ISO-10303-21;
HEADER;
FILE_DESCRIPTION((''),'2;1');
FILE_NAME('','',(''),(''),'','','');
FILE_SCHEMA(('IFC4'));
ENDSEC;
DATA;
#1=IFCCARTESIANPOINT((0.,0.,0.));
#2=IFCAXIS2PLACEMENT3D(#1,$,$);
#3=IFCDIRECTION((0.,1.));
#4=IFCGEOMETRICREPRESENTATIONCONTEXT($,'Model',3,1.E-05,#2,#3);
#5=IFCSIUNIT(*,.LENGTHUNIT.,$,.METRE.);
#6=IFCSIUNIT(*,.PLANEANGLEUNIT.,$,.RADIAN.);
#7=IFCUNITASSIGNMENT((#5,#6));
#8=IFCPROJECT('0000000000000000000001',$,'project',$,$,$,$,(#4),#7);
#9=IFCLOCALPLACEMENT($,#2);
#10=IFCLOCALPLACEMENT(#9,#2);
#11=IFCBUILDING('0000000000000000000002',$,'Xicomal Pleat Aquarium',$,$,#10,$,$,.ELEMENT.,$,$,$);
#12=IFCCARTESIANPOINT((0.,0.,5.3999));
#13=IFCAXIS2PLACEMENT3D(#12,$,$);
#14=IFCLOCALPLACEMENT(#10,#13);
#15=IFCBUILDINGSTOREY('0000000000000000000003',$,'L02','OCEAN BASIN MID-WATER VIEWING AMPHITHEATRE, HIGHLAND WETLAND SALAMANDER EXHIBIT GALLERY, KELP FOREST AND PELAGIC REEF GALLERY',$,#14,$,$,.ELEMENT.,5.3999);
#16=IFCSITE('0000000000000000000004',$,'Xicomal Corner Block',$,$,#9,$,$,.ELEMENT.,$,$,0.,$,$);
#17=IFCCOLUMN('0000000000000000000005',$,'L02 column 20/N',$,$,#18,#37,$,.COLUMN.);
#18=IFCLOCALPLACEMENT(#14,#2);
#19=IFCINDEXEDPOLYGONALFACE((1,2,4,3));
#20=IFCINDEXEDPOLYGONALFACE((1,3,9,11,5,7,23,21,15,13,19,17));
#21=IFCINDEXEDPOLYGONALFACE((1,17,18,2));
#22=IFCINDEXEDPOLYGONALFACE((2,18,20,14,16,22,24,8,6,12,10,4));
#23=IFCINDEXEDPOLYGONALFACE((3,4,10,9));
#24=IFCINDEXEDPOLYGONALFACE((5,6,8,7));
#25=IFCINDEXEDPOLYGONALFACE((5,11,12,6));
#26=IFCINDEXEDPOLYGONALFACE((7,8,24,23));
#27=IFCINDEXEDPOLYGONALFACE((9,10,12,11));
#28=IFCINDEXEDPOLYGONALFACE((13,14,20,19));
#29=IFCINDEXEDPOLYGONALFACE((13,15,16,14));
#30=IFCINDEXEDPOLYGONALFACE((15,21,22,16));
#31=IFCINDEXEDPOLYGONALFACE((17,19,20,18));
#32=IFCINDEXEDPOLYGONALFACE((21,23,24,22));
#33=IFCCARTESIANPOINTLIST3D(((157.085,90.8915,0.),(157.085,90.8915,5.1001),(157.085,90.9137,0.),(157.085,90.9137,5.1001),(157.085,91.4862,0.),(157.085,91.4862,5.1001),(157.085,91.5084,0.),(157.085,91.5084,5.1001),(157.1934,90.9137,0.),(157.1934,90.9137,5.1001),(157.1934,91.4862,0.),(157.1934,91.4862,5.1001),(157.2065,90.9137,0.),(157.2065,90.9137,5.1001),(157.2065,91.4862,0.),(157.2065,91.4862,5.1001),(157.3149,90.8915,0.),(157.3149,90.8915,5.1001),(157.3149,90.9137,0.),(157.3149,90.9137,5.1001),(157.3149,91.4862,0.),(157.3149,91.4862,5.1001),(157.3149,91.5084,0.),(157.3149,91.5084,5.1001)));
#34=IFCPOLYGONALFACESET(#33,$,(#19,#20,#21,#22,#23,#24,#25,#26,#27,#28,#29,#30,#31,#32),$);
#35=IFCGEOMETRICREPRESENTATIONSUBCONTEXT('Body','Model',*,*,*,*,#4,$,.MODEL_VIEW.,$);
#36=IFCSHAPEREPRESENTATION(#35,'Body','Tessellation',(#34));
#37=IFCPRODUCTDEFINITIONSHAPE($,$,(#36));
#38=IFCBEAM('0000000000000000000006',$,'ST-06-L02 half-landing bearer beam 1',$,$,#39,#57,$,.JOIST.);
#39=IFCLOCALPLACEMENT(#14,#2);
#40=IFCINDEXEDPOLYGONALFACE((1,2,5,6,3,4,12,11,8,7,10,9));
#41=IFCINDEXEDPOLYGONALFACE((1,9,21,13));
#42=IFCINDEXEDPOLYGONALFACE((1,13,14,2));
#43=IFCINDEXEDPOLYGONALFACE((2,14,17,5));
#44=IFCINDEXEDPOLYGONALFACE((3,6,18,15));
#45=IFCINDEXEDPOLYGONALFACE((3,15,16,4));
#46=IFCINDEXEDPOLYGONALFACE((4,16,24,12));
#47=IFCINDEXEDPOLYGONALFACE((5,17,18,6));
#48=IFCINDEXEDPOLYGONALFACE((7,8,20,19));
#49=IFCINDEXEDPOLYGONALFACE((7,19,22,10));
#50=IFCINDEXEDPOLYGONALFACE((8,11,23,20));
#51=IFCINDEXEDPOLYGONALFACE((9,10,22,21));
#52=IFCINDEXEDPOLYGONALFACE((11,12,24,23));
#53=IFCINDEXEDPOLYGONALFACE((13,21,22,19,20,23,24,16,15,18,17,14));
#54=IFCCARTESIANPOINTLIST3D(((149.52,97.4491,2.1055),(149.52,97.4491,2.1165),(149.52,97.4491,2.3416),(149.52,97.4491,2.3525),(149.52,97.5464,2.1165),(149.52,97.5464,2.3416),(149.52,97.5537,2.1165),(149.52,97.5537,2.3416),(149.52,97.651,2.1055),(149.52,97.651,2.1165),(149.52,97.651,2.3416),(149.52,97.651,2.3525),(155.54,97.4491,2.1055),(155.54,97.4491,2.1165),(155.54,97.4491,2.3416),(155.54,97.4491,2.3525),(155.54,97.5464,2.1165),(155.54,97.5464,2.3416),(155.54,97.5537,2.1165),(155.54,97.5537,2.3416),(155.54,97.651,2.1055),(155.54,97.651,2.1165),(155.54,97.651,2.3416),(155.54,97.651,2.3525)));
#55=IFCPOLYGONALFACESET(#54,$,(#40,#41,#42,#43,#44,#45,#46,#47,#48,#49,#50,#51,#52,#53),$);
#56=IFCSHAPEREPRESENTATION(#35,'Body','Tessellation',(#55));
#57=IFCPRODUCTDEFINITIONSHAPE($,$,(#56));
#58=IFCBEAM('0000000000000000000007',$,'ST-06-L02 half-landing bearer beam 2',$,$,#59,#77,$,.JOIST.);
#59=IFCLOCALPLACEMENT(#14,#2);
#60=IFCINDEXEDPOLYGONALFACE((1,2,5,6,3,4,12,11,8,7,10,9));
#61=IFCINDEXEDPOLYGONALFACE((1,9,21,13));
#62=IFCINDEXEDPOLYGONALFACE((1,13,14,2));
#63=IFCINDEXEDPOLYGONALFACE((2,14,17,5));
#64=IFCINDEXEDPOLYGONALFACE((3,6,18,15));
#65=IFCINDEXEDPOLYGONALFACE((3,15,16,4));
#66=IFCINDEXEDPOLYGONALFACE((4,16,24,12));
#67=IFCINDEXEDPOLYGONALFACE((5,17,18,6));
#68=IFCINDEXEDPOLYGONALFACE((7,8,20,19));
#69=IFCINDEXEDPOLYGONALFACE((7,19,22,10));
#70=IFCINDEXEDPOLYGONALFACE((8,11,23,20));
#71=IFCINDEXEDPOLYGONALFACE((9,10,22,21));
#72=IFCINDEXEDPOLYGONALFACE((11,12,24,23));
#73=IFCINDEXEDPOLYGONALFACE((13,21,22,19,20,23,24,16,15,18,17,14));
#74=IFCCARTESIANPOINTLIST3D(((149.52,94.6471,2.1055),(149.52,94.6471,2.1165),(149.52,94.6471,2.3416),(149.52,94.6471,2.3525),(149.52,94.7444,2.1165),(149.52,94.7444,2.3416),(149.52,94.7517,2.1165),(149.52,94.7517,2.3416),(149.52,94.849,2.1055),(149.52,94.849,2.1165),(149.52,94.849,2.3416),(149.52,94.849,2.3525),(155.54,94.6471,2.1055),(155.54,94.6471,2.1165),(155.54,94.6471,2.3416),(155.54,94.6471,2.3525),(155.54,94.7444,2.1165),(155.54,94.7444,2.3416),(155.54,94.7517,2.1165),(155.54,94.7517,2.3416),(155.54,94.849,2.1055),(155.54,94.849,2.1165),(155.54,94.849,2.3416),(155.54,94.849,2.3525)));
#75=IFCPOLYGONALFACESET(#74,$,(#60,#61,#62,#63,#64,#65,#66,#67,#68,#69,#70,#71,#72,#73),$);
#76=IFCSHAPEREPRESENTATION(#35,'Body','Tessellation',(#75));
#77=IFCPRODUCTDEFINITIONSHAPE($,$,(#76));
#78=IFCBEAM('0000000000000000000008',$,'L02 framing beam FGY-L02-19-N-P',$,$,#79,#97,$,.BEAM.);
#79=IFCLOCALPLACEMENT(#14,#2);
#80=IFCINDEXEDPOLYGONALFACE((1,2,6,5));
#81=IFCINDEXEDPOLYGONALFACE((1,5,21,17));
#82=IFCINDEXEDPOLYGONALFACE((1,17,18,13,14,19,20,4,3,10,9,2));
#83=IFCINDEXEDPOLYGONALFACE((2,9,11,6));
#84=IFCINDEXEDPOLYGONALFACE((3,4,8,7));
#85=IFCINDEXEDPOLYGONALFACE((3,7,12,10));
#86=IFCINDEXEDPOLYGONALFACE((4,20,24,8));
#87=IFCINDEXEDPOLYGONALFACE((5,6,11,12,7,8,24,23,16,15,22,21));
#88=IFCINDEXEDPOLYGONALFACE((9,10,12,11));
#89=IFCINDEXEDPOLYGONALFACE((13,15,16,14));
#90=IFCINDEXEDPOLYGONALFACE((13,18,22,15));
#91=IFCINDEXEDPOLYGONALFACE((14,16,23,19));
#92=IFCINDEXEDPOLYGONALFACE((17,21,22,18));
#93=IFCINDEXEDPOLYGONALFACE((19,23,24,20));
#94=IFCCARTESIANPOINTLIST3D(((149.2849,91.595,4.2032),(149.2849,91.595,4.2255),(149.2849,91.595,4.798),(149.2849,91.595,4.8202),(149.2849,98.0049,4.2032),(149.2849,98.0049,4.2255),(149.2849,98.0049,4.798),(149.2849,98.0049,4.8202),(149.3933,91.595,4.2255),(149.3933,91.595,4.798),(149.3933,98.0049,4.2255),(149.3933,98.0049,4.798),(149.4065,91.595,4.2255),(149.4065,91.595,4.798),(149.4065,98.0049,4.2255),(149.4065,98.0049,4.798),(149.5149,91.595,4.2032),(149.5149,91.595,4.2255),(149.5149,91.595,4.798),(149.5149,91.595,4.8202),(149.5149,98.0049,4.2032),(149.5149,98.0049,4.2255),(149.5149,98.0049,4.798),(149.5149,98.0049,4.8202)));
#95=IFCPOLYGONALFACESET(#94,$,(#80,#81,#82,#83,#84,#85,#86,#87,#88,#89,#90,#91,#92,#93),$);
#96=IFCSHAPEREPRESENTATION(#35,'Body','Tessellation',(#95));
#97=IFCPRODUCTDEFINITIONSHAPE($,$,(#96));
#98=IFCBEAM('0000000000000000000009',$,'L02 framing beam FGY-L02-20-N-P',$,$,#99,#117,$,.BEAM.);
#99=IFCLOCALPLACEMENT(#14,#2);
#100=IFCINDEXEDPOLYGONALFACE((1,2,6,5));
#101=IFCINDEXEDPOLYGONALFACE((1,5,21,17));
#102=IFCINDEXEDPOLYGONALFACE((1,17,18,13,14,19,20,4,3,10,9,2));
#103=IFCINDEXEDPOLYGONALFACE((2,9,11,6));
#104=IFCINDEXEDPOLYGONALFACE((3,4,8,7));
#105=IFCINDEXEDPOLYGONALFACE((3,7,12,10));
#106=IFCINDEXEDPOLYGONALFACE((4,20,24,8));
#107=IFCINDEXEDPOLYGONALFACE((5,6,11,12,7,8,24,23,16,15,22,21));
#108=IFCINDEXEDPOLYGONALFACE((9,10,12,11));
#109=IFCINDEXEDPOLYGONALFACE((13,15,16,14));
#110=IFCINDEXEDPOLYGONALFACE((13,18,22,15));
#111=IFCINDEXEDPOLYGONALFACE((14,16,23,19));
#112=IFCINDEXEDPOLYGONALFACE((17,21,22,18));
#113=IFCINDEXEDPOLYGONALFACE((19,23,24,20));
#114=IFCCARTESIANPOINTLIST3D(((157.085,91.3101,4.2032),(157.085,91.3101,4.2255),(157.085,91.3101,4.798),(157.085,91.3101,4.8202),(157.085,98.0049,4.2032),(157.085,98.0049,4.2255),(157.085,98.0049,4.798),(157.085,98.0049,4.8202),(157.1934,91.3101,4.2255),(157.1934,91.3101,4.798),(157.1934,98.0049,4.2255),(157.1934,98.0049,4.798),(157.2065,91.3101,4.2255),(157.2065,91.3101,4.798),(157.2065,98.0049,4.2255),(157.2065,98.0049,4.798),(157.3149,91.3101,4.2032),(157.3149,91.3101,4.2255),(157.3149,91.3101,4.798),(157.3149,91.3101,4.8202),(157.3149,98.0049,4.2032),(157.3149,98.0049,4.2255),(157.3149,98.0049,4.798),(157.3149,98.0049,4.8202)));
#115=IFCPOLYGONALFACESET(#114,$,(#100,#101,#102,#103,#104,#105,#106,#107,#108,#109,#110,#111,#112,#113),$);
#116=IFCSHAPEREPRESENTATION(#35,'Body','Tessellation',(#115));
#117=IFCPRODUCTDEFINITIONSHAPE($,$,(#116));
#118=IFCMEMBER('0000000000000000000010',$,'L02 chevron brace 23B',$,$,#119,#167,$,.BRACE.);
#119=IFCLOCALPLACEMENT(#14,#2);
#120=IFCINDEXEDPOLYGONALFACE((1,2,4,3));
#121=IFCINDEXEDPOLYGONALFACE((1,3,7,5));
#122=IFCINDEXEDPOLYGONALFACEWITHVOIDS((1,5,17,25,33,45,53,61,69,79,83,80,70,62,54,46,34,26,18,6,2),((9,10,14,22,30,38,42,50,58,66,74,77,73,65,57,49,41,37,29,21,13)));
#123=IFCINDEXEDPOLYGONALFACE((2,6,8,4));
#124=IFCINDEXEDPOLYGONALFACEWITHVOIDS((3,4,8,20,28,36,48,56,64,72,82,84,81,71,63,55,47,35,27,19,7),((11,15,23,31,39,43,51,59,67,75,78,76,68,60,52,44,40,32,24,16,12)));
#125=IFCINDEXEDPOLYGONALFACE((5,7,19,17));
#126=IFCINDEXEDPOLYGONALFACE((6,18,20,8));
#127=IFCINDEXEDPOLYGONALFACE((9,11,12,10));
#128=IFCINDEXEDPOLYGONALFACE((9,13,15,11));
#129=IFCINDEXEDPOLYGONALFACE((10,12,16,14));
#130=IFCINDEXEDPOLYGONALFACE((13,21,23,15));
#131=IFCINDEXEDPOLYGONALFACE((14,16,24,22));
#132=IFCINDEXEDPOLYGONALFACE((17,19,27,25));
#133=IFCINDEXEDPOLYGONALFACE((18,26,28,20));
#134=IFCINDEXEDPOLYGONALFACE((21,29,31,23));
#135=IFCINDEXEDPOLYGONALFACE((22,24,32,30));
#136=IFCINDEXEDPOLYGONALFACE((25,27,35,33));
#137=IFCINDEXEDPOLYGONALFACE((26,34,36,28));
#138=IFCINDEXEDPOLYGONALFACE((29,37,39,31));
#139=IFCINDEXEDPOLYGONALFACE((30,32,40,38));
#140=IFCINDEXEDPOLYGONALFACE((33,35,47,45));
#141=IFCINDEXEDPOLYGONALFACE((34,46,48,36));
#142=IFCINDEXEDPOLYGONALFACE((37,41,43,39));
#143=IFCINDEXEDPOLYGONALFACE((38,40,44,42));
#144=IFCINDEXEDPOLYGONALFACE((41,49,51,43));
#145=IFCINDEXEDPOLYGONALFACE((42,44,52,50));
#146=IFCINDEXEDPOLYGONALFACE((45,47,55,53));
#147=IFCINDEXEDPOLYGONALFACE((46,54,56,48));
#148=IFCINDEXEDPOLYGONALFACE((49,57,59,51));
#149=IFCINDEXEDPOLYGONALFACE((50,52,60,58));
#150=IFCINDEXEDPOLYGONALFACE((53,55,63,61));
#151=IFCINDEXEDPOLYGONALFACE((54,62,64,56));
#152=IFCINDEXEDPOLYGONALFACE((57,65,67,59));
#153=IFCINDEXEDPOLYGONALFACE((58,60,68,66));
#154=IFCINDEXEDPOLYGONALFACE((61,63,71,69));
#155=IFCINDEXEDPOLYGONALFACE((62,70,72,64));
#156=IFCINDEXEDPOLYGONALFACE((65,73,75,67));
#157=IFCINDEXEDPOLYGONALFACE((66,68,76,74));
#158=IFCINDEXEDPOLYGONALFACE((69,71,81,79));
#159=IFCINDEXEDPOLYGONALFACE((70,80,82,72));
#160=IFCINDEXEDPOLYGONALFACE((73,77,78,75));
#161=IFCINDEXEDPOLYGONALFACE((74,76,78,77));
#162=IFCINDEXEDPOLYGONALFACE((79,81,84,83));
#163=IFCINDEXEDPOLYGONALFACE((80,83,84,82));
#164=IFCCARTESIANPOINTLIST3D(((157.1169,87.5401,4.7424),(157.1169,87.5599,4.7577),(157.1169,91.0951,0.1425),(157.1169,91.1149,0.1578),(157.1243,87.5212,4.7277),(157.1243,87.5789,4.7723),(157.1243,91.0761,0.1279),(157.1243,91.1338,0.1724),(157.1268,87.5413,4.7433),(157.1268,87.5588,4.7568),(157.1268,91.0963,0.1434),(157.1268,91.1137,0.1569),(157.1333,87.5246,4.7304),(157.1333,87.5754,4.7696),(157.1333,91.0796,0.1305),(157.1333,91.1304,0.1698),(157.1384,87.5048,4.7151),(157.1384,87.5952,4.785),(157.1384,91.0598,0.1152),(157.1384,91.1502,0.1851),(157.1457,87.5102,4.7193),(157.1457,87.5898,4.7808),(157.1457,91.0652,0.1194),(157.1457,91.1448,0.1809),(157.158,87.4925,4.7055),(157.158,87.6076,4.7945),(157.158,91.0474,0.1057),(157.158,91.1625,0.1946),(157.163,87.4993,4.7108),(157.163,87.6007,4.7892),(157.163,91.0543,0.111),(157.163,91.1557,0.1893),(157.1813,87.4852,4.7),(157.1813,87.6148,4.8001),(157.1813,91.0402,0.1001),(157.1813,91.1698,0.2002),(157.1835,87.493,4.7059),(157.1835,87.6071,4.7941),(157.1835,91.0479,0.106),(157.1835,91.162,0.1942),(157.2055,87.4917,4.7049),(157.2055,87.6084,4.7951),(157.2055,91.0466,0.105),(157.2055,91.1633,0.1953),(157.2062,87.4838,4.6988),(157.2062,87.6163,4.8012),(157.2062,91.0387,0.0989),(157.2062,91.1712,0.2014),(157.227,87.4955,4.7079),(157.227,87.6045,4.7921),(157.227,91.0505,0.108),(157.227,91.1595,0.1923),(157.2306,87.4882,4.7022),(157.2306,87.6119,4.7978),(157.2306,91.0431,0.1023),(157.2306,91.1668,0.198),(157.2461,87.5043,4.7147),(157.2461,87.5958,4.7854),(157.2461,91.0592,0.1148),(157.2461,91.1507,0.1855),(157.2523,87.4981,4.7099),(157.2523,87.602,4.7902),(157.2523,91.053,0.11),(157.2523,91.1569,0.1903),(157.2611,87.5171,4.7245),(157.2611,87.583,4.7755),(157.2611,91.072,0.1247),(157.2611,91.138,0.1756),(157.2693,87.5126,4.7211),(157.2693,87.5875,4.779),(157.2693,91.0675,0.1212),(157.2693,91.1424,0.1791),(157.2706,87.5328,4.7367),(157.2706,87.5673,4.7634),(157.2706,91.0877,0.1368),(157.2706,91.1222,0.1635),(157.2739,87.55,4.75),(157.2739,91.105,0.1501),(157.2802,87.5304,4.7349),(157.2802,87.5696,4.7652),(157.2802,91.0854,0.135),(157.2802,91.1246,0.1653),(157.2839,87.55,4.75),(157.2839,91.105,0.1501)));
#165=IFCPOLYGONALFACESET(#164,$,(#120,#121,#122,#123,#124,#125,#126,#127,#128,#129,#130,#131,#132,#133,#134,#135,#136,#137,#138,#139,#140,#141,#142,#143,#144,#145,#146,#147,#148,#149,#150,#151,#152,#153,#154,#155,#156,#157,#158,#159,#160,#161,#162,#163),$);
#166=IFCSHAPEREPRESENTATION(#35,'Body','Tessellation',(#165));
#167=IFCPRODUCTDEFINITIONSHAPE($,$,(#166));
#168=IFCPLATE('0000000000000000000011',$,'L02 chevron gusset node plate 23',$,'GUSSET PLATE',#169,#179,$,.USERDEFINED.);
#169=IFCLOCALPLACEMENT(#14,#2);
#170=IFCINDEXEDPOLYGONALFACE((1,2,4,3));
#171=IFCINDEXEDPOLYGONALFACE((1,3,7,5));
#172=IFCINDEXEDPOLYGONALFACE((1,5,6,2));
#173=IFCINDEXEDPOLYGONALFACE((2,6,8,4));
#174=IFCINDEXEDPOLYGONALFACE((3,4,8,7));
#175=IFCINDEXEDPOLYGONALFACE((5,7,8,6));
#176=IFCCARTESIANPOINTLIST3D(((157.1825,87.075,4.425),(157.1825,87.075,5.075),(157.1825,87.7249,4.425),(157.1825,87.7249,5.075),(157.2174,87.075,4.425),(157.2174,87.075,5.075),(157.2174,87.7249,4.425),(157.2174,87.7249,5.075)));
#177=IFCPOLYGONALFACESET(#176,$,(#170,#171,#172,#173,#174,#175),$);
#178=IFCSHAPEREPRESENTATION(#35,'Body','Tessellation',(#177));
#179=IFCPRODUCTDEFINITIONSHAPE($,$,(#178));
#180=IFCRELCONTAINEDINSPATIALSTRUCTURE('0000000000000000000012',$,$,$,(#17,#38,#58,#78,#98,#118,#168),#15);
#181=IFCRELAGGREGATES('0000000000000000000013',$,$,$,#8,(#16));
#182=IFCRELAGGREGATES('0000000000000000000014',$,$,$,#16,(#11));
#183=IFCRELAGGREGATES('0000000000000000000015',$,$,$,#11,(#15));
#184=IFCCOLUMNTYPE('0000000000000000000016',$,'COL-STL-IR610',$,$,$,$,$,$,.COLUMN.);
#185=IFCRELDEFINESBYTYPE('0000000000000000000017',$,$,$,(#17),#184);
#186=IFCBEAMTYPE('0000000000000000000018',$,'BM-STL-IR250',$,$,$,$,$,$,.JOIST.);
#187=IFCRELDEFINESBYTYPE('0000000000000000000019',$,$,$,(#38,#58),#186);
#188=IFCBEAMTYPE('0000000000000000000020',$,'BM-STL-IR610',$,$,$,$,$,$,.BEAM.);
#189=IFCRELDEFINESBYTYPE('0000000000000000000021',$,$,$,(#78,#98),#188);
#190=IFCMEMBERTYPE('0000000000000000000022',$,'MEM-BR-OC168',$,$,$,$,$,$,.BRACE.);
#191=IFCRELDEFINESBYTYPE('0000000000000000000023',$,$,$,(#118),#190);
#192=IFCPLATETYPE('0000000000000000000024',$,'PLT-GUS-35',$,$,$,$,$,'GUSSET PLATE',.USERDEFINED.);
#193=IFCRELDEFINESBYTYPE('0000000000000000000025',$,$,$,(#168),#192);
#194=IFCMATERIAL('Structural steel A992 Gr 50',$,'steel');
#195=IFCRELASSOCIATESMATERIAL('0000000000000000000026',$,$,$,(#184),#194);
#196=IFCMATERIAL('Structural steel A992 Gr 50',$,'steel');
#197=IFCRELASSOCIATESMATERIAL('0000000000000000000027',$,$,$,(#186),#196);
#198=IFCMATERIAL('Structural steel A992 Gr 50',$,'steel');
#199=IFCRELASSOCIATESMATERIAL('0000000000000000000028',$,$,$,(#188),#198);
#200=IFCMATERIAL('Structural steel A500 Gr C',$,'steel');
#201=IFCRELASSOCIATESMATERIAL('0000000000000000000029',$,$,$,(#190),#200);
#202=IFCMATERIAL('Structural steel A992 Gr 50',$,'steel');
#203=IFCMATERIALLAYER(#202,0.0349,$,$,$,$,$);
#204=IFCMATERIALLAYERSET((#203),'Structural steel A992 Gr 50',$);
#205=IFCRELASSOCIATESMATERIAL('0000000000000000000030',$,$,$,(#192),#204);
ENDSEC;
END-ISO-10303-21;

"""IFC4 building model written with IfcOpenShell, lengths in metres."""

from ifc_helpers import new_model, si_unit, direction, frame, origin, origin_2d, place, context, subcontext, project, spatial, rectangle, hollow_circle, i_section, extrude, material, layer, layer_set, material_profile, profile_set, type_object, element, save


model = new_model("IFC4")

# Units and contexts
model_context = context("Model", 3, precision=1e-05, world=origin(), true_north=direction((0.0, 1.0)))
body_context = subcontext(model_context, "Body", "Model", "MODEL_VIEW")
ifc_project = project(units=[si_unit("LENGTHUNIT", "METRE"), si_unit("PLANEANGLEUNIT", "RADIAN")], contexts=[model_context])

# Site, building, storey
site_placement = place(None, origin())
site = spatial("IfcSite", under=ifc_project, at=site_placement, Name="Xicomal Corner Block", CompositionType="ELEMENT", RefElevation=0.0)
building_placement = place(site_placement, origin())
building = spatial("IfcBuilding", under=site, at=building_placement, Name="Xicomal Pleat Aquarium", CompositionType="ELEMENT")
storey_placement = place(building_placement, frame((0.0, 0.0, 5.3999)))
storey = spatial("IfcBuildingStorey", under=building, at=storey_placement, Name="L02", Description="OCEAN BASIN MID-WATER VIEWING AMPHITHEATRE, HIGHLAND WETLAND SALAMANDER EXHIBIT GALLERY, KELP FOREST AND PELAGIC REEF GALLERY", CompositionType="ELEMENT", Elevation=5.3999)

# Column
ifc_material_1 = material(Name="Structural steel A992 Gr 50", Category="steel")
ifc_material_profile_1 = material_profile(ifc_material_1, i_section(OverallWidth=0.23, OverallDepth=0.6169, WebThickness=0.0132, FlangeThickness=0.0222, at=origin_2d()), Name="IR 610x140")
ifc_profile_set_1 = profile_set([ifc_material_profile_1], Name="Structural steel A992 Gr 50")
column_type = type_object("IfcColumnType", Name="COL-STL-IR610", PredefinedType="COLUMN", material=ifc_profile_set_1)
column_placement = place(storey_placement, frame((157.2, 91.2, 0.0), z_axis=(0.0, 0.0, 1.0), x_axis=(1.0, 0.0, 0.0)))
element("IfcColumn", 1, at=column_placement, inside=storey, type_object=column_type, Name="L02 column 20/N", PredefinedType="COLUMN", context=body_context, shape_type="SweptSolid", body=[
    extrude(i_section(OverallWidth=0.23, OverallDepth=0.6169, WebThickness=0.0132, FlangeThickness=0.0222, at=origin_2d()), origin(), (0.0, 0.0, 1.0), 5.1001),
])

# Beams
ifc_material_2 = material(Name="Structural steel A992 Gr 50", Category="steel")
ifc_material_profile_2 = material_profile(ifc_material_2, i_section(OverallWidth=0.2019, OverallDepth=0.2471, WebThickness=0.0073, FlangeThickness=0.011, at=origin_2d()), Name="IR 250x49")
ifc_profile_set_2 = profile_set([ifc_material_profile_2], Name="Structural steel A992 Gr 50")
beam_type_1 = type_object("IfcBeamType", Name="BM-STL-IR250", PredefinedType="JOIST", material=ifc_profile_set_2)
for number, where, z_axis, x_axis, name in (
    (2, (149.52, 97.55, 2.229), (1.0, 0.0, 0.0), (0.0, 1.0, 0.0), "ST-06-L02 half-landing bearer beam 1"),
    (3, (149.52, 94.748, 2.229), (1.0, 0.0, 0.0), (0.0, 1.0, 0.0), "ST-06-L02 half-landing bearer beam 2"),
):
    element("IfcBeam", number, at=place(storey_placement, frame(where, z_axis=z_axis, x_axis=x_axis)), inside=storey, type_object=beam_type_1, Name=name, PredefinedType="JOIST", context=body_context, shape_type="SweptSolid", body=[
        extrude(i_section(OverallWidth=0.2019, OverallDepth=0.2471, WebThickness=0.0073, FlangeThickness=0.011, at=origin_2d()), origin(), (0.0, 0.0, 1.0), 6.02),
    ])
ifc_material_3 = material(Name="Structural steel A992 Gr 50", Category="steel")
ifc_material_profile_3 = material_profile(ifc_material_3, i_section(OverallWidth=0.23, OverallDepth=0.6169, WebThickness=0.0132, FlangeThickness=0.0222, at=origin_2d()), Name="IR 610x140")
ifc_profile_set_3 = profile_set([ifc_material_profile_3], Name="Structural steel A992 Gr 50")
beam_type_2 = type_object("IfcBeamType", Name="BM-STL-IR610", PredefinedType="BEAM", material=ifc_profile_set_3)
beam_1_placement = place(storey_placement, frame((149.3999, 91.595, 4.5117), z_axis=(0.0, 1.0, 0.0), x_axis=(-1.0, 0.0, 0.0)))
element("IfcBeam", 4, at=beam_1_placement, inside=storey, type_object=beam_type_2, Name="L02 framing beam FGY-L02-19-N-P", PredefinedType="BEAM", context=body_context, shape_type="SweptSolid", body=[
    extrude(i_section(OverallWidth=0.23, OverallDepth=0.6169, WebThickness=0.0132, FlangeThickness=0.0222, at=origin_2d()), origin(), (0.0, 0.0, 1.0), 6.4099),
])
beam_2_placement = place(storey_placement, frame((157.2, 91.3101, 4.5117), z_axis=(0.0, 1.0, 0.0), x_axis=(-1.0, 0.0, 0.0)))
element("IfcBeam", 5, at=beam_2_placement, inside=storey, type_object=beam_type_2, Name="L02 framing beam FGY-L02-20-N-P", PredefinedType="BEAM", context=body_context, shape_type="SweptSolid", body=[
    extrude(i_section(OverallWidth=0.23, OverallDepth=0.6169, WebThickness=0.0132, FlangeThickness=0.0222, at=origin_2d()), origin(), (0.0, 0.0, 1.0), 6.6948),
])

# Member
ifc_material_4 = material(Name="Structural steel A500 Gr C", Category="steel")
ifc_material_profile_4 = material_profile(ifc_material_4, hollow_circle(Radius=0.084, WallThickness=0.01, at=origin_2d()), Name="OC 168x10")
ifc_profile_set_4 = profile_set([ifc_material_profile_4], Name="Structural steel A500 Gr C")
member_type = type_object("IfcMemberType", Name="MEM-BR-OC168", PredefinedType="BRACE", material=ifc_profile_set_4)
member_placement = place(storey_placement, frame((157.2, 91.105, 0.1501), z_axis=(0.0, -0.611501, 0.791243), x_axis=(1.0, 0.0, 0.0)))
element("IfcMember", 6, at=member_placement, inside=storey, type_object=member_type, Name="L02 chevron brace 23B", PredefinedType="BRACE", context=body_context, shape_type="SweptSolid", body=[
    extrude(hollow_circle(Radius=0.084, WallThickness=0.01, at=origin_2d()), origin(), (0.0, 0.0, 1.0), 5.8135),
])

# Plate
ifc_material_5 = material(Name="Structural steel A992 Gr 50", Category="steel")
ifc_layer_1 = layer(ifc_material_5, 0.0349)
ifc_layer_set_1 = layer_set([ifc_layer_1], Name="Structural steel A992 Gr 50")
plate_type = type_object("IfcPlateType", Name="PLT-GUS-35", ElementType="GUSSET PLATE", PredefinedType="USERDEFINED", material=ifc_layer_set_1)
plate_placement = place(storey_placement, frame((157.2, 87.3999, 4.425), z_axis=(0.0, 0.0, 1.0), x_axis=(0.0, 1.0, 0.0)))
element("IfcPlate", 7, at=plate_placement, inside=storey, type_object=plate_type, Name="L02 chevron gusset node plate 23", ObjectType="GUSSET PLATE", PredefinedType="USERDEFINED", context=body_context, shape_type="SweptSolid", body=[
    extrude(rectangle(XDim=0.6499, YDim=0.0349, at=origin_2d()), origin(), (0.0, 0.0, 1.0), 0.6499),
])

save(model, "model.ifc")
